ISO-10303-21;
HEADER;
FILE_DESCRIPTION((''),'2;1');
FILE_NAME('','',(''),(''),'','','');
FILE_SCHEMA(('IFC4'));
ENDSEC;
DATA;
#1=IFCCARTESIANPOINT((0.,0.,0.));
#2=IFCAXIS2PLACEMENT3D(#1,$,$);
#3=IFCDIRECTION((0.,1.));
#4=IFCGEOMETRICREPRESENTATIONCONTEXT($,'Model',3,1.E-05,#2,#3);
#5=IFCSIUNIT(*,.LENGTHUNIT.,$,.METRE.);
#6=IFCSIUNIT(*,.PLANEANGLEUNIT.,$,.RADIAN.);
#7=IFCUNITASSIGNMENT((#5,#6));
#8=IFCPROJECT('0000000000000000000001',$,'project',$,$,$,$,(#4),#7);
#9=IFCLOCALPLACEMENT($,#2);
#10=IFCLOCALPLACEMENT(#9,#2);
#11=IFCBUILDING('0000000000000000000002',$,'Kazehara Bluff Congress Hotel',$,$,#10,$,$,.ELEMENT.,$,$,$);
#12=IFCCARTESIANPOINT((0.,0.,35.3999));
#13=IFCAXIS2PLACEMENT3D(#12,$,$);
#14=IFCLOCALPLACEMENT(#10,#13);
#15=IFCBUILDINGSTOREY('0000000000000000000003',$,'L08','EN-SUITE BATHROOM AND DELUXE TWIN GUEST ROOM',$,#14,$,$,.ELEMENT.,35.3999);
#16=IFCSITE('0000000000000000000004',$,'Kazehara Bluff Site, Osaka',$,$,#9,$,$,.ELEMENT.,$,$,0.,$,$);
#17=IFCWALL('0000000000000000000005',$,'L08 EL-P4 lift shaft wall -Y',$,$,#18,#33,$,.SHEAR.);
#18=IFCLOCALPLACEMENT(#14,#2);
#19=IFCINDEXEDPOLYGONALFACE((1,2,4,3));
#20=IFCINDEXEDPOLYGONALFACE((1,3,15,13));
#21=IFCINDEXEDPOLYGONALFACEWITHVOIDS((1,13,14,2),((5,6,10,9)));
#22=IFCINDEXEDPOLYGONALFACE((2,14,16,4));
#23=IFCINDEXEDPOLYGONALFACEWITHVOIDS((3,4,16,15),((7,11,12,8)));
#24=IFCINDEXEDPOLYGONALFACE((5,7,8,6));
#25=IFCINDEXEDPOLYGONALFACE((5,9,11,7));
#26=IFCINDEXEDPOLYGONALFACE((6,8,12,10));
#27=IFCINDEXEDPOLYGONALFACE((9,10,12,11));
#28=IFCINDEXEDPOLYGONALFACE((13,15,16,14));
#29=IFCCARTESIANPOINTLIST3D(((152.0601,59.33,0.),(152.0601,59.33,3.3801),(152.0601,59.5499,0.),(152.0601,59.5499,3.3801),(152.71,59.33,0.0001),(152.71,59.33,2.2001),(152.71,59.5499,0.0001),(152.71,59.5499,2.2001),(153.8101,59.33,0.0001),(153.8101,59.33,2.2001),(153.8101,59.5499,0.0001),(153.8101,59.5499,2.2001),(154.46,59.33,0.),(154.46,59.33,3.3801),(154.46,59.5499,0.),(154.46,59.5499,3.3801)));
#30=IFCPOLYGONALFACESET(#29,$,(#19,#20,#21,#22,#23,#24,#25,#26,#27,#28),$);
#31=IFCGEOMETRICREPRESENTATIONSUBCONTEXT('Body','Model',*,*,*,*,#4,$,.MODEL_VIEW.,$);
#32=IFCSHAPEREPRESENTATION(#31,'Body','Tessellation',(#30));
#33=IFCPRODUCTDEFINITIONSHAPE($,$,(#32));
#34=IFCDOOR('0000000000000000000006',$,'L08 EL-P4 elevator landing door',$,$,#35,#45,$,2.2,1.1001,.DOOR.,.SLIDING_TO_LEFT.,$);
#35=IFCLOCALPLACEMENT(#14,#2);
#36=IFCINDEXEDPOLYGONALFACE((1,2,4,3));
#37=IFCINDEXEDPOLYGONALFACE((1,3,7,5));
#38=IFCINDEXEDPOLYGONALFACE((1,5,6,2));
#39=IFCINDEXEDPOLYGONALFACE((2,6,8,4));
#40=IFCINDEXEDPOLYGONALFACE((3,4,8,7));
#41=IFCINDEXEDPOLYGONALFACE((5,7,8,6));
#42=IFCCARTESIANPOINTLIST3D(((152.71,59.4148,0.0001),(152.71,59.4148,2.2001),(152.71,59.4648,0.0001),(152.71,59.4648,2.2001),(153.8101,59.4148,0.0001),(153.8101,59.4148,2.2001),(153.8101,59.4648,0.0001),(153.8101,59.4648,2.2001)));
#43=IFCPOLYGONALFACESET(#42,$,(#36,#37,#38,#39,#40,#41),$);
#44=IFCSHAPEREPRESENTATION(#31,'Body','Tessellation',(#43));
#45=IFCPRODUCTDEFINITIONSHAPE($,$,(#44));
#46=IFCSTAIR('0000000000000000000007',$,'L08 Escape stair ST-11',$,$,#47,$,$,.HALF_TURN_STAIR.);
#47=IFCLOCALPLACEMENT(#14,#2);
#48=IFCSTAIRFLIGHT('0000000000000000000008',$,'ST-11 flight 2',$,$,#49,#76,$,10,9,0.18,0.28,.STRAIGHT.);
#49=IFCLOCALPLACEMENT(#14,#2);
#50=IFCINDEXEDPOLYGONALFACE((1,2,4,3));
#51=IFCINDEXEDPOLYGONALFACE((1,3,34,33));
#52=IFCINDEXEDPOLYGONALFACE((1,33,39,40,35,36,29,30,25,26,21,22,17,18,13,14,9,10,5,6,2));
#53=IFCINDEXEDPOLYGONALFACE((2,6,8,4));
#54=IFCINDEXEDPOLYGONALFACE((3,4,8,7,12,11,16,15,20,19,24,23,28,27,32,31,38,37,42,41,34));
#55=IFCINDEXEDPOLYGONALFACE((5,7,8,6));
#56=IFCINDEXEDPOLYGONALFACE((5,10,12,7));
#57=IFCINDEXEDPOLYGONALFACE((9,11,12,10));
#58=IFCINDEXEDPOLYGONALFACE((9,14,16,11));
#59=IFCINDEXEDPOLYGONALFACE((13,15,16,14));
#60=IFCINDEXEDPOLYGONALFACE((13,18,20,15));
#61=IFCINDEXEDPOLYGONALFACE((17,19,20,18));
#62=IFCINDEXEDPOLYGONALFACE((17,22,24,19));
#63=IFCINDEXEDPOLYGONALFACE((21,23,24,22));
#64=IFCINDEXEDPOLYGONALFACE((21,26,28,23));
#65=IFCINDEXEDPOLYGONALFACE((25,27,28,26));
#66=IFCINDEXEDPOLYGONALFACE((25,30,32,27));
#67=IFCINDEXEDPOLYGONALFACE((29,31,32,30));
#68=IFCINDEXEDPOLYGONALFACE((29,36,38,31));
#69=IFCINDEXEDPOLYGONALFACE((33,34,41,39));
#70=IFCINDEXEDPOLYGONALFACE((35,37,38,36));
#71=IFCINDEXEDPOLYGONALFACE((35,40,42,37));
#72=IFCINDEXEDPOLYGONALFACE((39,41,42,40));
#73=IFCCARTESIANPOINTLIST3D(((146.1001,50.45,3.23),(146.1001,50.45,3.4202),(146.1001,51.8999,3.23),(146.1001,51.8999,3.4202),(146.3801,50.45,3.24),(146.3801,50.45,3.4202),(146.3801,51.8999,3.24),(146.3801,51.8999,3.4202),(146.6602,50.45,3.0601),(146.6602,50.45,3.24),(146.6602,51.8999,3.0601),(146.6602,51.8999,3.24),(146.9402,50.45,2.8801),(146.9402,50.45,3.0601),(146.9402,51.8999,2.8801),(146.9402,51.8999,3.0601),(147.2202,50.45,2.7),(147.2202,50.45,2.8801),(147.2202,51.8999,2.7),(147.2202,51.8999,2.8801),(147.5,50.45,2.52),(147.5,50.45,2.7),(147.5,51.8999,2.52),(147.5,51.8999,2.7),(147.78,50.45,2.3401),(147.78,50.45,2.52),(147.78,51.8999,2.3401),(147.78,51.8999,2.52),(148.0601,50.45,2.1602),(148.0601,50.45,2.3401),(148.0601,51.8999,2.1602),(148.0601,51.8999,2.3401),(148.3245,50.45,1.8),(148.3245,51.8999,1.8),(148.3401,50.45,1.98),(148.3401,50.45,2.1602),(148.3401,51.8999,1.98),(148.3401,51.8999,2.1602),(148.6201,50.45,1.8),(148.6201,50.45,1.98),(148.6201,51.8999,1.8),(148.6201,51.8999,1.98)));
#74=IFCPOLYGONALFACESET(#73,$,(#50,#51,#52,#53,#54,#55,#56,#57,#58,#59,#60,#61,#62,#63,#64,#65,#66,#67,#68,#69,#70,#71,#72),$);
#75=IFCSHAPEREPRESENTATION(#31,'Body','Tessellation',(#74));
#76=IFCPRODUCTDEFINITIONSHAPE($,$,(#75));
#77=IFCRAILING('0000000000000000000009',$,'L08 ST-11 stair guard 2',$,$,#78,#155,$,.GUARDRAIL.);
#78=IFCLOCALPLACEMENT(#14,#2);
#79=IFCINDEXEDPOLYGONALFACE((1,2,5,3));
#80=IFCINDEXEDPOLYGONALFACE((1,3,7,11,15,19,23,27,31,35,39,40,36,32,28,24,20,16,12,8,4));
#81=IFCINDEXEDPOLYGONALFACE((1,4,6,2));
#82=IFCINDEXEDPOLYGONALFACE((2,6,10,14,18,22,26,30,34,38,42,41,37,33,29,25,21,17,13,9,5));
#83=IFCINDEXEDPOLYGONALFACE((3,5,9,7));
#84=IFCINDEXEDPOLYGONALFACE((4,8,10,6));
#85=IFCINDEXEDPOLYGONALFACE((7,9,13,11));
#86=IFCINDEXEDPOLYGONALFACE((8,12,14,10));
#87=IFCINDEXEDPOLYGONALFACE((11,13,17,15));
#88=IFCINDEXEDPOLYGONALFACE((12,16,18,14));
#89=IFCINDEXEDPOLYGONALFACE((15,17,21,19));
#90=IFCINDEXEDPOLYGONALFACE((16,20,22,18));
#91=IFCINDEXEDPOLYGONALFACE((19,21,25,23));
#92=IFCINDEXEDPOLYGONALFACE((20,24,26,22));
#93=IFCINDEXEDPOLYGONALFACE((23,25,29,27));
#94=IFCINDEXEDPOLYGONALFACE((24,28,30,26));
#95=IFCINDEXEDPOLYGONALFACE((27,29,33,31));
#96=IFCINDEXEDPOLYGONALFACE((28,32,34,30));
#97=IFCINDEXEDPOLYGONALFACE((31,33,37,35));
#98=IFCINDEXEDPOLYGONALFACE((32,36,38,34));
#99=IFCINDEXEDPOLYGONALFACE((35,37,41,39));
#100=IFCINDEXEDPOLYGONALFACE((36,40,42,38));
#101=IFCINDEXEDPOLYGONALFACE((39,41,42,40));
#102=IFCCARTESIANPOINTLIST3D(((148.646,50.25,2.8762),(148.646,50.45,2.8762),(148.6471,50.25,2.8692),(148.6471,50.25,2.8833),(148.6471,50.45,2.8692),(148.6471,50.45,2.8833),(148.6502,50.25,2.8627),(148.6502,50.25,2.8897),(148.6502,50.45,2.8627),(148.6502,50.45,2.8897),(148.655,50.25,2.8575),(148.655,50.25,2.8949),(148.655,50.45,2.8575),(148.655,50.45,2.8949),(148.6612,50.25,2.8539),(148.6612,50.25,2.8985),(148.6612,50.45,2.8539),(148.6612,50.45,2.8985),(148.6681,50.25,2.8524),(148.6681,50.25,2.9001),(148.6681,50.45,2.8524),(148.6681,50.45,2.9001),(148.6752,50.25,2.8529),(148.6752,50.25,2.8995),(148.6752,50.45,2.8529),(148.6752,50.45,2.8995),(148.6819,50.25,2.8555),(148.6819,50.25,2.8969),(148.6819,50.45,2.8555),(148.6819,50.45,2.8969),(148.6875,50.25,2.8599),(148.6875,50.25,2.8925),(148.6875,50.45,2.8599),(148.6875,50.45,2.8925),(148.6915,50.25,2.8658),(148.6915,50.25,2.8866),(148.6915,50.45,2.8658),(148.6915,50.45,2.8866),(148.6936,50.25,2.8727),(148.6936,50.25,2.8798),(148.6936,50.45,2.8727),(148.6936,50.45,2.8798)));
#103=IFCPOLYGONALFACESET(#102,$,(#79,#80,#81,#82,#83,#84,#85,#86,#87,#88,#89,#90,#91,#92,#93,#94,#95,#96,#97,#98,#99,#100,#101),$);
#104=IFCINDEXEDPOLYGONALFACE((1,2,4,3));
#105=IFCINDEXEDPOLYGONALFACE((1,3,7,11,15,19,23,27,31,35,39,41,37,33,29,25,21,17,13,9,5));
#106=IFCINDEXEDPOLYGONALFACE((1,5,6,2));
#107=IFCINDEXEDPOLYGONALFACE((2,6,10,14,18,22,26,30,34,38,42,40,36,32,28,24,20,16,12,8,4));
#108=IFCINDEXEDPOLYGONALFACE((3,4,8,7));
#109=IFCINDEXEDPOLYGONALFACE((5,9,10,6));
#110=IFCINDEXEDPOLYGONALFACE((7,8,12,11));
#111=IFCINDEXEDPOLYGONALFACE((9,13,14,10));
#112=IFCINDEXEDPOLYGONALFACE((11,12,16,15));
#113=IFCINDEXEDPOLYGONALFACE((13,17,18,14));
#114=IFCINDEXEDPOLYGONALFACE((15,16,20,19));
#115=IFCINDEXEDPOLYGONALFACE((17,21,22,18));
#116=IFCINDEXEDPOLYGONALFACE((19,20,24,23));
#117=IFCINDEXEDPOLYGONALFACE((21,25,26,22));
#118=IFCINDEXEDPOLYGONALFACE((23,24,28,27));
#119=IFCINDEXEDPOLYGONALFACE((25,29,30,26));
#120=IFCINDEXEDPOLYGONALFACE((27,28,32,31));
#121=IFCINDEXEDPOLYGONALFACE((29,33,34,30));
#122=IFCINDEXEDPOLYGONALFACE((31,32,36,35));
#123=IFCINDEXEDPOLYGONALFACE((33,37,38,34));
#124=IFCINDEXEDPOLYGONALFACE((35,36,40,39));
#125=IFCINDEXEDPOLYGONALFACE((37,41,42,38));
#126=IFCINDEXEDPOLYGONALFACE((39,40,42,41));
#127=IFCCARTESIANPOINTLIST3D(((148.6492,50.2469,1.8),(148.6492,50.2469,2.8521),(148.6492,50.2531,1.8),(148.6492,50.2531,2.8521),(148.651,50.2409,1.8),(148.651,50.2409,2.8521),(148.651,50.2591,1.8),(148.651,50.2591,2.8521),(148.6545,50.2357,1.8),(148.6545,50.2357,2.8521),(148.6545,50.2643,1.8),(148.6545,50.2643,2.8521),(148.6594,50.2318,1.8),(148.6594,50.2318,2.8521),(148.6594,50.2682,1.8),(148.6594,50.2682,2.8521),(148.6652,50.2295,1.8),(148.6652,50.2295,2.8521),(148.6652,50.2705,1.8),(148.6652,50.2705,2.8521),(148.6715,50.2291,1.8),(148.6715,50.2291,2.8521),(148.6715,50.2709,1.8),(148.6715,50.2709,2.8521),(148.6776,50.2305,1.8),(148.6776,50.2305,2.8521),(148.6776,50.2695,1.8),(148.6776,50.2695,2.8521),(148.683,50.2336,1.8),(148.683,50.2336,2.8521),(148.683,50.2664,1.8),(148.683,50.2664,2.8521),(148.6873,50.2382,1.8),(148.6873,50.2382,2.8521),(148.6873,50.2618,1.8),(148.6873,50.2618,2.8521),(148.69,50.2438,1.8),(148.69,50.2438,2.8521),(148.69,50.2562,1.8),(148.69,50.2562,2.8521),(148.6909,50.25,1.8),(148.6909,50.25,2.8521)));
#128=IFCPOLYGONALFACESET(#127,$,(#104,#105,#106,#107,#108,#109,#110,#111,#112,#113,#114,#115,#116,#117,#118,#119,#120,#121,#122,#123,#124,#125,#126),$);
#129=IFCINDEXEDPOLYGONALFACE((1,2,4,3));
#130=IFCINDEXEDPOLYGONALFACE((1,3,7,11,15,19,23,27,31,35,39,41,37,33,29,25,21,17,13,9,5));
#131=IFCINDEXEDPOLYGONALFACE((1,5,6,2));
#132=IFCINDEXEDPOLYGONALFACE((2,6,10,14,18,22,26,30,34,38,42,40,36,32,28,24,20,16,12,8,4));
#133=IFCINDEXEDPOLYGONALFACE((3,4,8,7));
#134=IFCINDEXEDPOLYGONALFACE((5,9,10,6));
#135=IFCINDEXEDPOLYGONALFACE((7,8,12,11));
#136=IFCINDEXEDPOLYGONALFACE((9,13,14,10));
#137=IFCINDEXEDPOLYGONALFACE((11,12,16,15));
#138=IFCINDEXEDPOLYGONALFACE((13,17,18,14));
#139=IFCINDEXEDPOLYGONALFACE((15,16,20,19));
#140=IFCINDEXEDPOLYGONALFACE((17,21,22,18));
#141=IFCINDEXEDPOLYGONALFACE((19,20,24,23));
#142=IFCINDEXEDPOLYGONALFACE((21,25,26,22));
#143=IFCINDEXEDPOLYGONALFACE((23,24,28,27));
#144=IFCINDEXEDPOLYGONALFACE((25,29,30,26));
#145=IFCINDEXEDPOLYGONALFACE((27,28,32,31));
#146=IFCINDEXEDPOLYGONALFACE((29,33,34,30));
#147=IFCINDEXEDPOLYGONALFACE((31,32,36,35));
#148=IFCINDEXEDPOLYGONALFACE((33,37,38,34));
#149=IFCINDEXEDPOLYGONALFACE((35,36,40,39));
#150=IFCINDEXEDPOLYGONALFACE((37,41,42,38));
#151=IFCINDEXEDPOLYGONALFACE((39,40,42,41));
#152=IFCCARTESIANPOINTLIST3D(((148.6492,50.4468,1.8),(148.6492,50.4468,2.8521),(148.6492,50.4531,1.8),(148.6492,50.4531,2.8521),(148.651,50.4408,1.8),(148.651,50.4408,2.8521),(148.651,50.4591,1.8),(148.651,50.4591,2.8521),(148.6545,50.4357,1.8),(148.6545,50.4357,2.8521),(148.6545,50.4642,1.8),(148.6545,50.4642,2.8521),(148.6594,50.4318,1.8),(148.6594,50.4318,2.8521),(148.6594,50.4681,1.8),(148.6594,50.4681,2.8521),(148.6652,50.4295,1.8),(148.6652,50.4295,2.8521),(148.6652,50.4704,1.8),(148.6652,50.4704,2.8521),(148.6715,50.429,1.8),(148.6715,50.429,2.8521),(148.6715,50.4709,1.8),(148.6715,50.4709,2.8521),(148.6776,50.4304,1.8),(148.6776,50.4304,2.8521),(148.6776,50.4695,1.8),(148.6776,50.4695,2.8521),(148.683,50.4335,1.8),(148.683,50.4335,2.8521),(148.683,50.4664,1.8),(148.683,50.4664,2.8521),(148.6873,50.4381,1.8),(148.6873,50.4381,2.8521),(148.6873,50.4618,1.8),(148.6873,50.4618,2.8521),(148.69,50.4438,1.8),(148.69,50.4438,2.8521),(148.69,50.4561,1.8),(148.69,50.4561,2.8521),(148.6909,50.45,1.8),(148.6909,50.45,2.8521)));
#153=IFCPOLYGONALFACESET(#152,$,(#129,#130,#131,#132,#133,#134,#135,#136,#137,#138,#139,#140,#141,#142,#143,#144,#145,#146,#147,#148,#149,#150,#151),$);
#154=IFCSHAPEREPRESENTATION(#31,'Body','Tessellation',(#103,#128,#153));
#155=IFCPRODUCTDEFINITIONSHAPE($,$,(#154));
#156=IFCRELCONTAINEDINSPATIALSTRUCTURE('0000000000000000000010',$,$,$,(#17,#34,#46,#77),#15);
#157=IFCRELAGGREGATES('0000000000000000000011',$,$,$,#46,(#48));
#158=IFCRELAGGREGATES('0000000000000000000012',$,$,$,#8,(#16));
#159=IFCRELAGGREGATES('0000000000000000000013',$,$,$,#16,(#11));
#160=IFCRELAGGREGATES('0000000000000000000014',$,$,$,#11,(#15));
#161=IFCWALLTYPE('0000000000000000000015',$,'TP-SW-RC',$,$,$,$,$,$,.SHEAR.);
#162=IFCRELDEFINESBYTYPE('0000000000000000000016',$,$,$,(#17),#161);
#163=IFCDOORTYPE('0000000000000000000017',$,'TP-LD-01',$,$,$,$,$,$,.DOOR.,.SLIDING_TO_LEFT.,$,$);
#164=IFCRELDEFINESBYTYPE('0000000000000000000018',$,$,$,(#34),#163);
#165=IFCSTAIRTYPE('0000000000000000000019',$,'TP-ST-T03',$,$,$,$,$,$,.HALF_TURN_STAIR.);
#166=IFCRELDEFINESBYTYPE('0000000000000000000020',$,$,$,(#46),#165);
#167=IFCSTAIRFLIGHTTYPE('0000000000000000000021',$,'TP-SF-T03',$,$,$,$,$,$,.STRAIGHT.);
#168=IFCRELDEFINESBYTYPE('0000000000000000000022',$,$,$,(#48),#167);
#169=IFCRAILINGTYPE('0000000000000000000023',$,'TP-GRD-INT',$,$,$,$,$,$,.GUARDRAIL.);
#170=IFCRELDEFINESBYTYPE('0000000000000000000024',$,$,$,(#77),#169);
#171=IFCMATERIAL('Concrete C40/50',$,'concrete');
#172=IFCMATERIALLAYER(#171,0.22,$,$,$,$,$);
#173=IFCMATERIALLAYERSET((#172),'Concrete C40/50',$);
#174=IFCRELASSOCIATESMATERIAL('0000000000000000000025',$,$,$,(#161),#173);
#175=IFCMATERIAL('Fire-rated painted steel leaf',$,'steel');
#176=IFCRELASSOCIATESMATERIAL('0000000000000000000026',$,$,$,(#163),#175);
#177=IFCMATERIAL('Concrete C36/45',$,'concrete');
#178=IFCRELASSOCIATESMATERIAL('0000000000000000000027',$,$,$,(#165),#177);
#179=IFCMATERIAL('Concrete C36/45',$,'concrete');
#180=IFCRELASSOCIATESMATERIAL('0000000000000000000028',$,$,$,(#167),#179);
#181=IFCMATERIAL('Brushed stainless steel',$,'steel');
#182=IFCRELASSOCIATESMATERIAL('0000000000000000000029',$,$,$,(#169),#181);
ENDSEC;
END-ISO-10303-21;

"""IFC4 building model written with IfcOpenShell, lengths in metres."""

from ifc_helpers import new_model, si_unit, direction, frame, frame_2d, origin, origin_2d, place, context, subcontext, project, spatial, polyline, rectangle, circle, outline, extrude, material, layer, layer_set, type_object, element, fill, aggregate, save


model = new_model("IFC4")

# Units and contexts
model_context = context("Model", 3, precision=1e-05, world=origin(), true_north=direction((0.0, 1.0)))
body_context = subcontext(model_context, "Body", "Model", "MODEL_VIEW")
ifc_project = project(units=[si_unit("LENGTHUNIT", "METRE"), si_unit("PLANEANGLEUNIT", "RADIAN")], contexts=[model_context])

# Site, building, storey
site_placement = place(None, origin())
site = spatial("IfcSite", under=ifc_project, at=site_placement, Name="Kazehara Bluff Site, Osaka", CompositionType="ELEMENT", RefElevation=0.0)
building_placement = place(site_placement, origin())
building = spatial("IfcBuilding", under=site, at=building_placement, Name="Kazehara Bluff Congress Hotel", CompositionType="ELEMENT")
storey_placement = place(building_placement, frame((0.0, 0.0, 35.3999)))
storey = spatial("IfcBuildingStorey", under=building, at=storey_placement, Name="L08", Description="EN-SUITE BATHROOM AND DELUXE TWIN GUEST ROOM", CompositionType="ELEMENT", Elevation=35.3999)

# Shared definitions
ifc_material_1 = material(Name="Concrete C40/50", Category="concrete")
ifc_layer_1 = layer(ifc_material_1, 0.22)
ifc_layer_set_1 = layer_set([ifc_layer_1], Name="Concrete C40/50")
wall_type_1 = type_object("IfcWallType", Name="TP-SW-RC", PredefinedType="SHEAR", material=ifc_layer_set_1)

# Shared definitions
ifc_material_2 = material(Name="Fire-rated painted steel leaf", Category="steel")
door_type = type_object("IfcDoorType", Name="TP-LD-01", OperationType="SLIDING_TO_LEFT", PredefinedType="DOOR", material=ifc_material_2)

# Wall, opening, door
wall_1_placement = place(storey_placement, frame((152.0601, 59.4399, 0.0), z_axis=(0.0, 0.0, 1.0), x_axis=(1.0, 0.0, 0.0)))
wall_1 = element("IfcWall", 1, at=wall_1_placement, inside=storey, type_object=wall_type_1, Name="L08 EL-P4 lift shaft wall -Y", PredefinedType="SHEAR", context=body_context, shape_type="SweptSolid", body=[
    extrude(rectangle(XDim=2.3999, YDim=0.22, at=frame_2d((1.2, 0.0))), origin(), (0.0, 0.0, 1.0), 3.3801),
])
opening_1_placement = place(wall_1_placement, frame((0.6499, 0.0, 0.0)))
opening_1 = element("IfcOpeningElement", 2, at=opening_1_placement, cuts=wall_1, PredefinedType="OPENING", context=body_context, shape_type="SweptSolid", body=[
    extrude(rectangle(XDim=1.1001, YDim=2.2, at=frame_2d((0.55, 1.1001))), frame((0.0, 0.1199, 0.0), z_axis=(0.0, -1.0, 0.0), x_axis=(1.0, 0.0, 0.0)), (0.0, 0.0, 1.0), 0.24),
])
door_1_placement = place(opening_1_placement, origin())
door_1 = element("IfcDoor", 3, at=door_1_placement, inside=storey, type_object=door_type, Name="L08 EL-P4 elevator landing door", OperationType="SLIDING_TO_LEFT", OverallHeight=2.2, OverallWidth=1.1001, PredefinedType="DOOR", context=body_context, shape_type="SweptSolid", body=[
    extrude(rectangle(XDim=1.1001, YDim=2.2, at=frame_2d((0.55, 1.1001))), frame((0.0, 0.0249, 0.0), z_axis=(0.0, -1.0, 0.0), x_axis=(1.0, 0.0, 0.0)), (0.0, 0.0, 1.0), 0.05),
])
fill(opening_1, door_1)

# Stair, stair flight
ifc_material_3 = material(Name="Concrete C36/45", Category="concrete")
stair_type = type_object("IfcStairType", Name="TP-ST-T03", PredefinedType="HALF_TURN_STAIR", material=ifc_material_3)
stair_placement = place(storey_placement, origin())
stair = element("IfcStair", 4, at=stair_placement, inside=storey, type_object=stair_type, Name="L08 Escape stair ST-11", PredefinedType="HALF_TURN_STAIR")
ifc_material_4 = material(Name="Concrete C36/45", Category="concrete")
stair_flight_type = type_object("IfcStairFlightType", Name="TP-SF-T03", PredefinedType="STRAIGHT", material=ifc_material_4)
stair_flight_placement = place(storey_placement, frame((148.6201, 51.175, 1.8), z_axis=(0.0, 0.0, 1.0), x_axis=(-1.0, 0.0, 0.0)))
stair_flight = element("IfcStairFlight", 5, at=stair_flight_placement, type_object=stair_flight_type, Name="ST-11 flight 2", NumberOfRisers=10, NumberOfTreads=9, PredefinedType="STRAIGHT", RiserHeight=0.18, TreadLength=0.28, context=body_context, shape_type="SweptSolid", body=[
    extrude(outline(polyline([(0.0, 0.0), (0.0, 0.1799), (0.28, 0.1799), (0.28, 0.3601), (0.5601, 0.3601), (0.5601, 0.54), (0.8401, 0.54), (0.8401, 0.72), (1.1201, 0.72), (1.1201, 0.8999), (1.3999, 0.8999), (1.3999, 1.0801), (1.6799, 1.0801), (1.6799, 1.26), (1.96, 1.26), (1.96, 1.4399), (2.24, 1.4399), (2.24, 1.6201), (2.52, 1.6201), (2.52, 1.8), (2.52, 1.4299), (0.2957, 0.0), (0.0, 0.0)])), frame((0.0, 0.7251, 0.0), z_axis=(0.0, -1.0, 0.0), x_axis=(1.0, 0.0, 0.0)), (0.0, 0.0, 1.0), 1.45),
])
aggregate(stair, [stair_flight])

# Railing
ifc_material_5 = material(Name="Brushed stainless steel", Category="steel")
railing_type_1 = type_object("IfcRailingType", Name="TP-GRD-INT", PredefinedType="GUARDRAIL", material=ifc_material_5)
railing_1_placement = place(storey_placement, frame((148.6699, 50.25, 1.8)))
element("IfcRailing", 6, at=railing_1_placement, inside=storey, type_object=railing_type_1, Name="L08 ST-11 stair guard 2", PredefinedType="GUARDRAIL", context=body_context, shape_type="SweptSolid", body=[
    extrude(circle(Radius=0.0239, at=origin_2d()), frame((0.0, 0.0, 1.0762), z_axis=(0.0, 1.0, 0.0), x_axis=(-1.0, 0.0, 0.0)), (0.0, 0.0, 1.0), 0.2),
    extrude(circle(Radius=0.021, at=origin_2d()), origin(), (0.0, 0.0, 1.0), 1.052),
    extrude(circle(Radius=0.021, at=origin_2d()), frame((0.0, 0.2, 0.0)), (0.0, 0.0, 1.0), 1.052),
])

save(model, "model.ifc")
